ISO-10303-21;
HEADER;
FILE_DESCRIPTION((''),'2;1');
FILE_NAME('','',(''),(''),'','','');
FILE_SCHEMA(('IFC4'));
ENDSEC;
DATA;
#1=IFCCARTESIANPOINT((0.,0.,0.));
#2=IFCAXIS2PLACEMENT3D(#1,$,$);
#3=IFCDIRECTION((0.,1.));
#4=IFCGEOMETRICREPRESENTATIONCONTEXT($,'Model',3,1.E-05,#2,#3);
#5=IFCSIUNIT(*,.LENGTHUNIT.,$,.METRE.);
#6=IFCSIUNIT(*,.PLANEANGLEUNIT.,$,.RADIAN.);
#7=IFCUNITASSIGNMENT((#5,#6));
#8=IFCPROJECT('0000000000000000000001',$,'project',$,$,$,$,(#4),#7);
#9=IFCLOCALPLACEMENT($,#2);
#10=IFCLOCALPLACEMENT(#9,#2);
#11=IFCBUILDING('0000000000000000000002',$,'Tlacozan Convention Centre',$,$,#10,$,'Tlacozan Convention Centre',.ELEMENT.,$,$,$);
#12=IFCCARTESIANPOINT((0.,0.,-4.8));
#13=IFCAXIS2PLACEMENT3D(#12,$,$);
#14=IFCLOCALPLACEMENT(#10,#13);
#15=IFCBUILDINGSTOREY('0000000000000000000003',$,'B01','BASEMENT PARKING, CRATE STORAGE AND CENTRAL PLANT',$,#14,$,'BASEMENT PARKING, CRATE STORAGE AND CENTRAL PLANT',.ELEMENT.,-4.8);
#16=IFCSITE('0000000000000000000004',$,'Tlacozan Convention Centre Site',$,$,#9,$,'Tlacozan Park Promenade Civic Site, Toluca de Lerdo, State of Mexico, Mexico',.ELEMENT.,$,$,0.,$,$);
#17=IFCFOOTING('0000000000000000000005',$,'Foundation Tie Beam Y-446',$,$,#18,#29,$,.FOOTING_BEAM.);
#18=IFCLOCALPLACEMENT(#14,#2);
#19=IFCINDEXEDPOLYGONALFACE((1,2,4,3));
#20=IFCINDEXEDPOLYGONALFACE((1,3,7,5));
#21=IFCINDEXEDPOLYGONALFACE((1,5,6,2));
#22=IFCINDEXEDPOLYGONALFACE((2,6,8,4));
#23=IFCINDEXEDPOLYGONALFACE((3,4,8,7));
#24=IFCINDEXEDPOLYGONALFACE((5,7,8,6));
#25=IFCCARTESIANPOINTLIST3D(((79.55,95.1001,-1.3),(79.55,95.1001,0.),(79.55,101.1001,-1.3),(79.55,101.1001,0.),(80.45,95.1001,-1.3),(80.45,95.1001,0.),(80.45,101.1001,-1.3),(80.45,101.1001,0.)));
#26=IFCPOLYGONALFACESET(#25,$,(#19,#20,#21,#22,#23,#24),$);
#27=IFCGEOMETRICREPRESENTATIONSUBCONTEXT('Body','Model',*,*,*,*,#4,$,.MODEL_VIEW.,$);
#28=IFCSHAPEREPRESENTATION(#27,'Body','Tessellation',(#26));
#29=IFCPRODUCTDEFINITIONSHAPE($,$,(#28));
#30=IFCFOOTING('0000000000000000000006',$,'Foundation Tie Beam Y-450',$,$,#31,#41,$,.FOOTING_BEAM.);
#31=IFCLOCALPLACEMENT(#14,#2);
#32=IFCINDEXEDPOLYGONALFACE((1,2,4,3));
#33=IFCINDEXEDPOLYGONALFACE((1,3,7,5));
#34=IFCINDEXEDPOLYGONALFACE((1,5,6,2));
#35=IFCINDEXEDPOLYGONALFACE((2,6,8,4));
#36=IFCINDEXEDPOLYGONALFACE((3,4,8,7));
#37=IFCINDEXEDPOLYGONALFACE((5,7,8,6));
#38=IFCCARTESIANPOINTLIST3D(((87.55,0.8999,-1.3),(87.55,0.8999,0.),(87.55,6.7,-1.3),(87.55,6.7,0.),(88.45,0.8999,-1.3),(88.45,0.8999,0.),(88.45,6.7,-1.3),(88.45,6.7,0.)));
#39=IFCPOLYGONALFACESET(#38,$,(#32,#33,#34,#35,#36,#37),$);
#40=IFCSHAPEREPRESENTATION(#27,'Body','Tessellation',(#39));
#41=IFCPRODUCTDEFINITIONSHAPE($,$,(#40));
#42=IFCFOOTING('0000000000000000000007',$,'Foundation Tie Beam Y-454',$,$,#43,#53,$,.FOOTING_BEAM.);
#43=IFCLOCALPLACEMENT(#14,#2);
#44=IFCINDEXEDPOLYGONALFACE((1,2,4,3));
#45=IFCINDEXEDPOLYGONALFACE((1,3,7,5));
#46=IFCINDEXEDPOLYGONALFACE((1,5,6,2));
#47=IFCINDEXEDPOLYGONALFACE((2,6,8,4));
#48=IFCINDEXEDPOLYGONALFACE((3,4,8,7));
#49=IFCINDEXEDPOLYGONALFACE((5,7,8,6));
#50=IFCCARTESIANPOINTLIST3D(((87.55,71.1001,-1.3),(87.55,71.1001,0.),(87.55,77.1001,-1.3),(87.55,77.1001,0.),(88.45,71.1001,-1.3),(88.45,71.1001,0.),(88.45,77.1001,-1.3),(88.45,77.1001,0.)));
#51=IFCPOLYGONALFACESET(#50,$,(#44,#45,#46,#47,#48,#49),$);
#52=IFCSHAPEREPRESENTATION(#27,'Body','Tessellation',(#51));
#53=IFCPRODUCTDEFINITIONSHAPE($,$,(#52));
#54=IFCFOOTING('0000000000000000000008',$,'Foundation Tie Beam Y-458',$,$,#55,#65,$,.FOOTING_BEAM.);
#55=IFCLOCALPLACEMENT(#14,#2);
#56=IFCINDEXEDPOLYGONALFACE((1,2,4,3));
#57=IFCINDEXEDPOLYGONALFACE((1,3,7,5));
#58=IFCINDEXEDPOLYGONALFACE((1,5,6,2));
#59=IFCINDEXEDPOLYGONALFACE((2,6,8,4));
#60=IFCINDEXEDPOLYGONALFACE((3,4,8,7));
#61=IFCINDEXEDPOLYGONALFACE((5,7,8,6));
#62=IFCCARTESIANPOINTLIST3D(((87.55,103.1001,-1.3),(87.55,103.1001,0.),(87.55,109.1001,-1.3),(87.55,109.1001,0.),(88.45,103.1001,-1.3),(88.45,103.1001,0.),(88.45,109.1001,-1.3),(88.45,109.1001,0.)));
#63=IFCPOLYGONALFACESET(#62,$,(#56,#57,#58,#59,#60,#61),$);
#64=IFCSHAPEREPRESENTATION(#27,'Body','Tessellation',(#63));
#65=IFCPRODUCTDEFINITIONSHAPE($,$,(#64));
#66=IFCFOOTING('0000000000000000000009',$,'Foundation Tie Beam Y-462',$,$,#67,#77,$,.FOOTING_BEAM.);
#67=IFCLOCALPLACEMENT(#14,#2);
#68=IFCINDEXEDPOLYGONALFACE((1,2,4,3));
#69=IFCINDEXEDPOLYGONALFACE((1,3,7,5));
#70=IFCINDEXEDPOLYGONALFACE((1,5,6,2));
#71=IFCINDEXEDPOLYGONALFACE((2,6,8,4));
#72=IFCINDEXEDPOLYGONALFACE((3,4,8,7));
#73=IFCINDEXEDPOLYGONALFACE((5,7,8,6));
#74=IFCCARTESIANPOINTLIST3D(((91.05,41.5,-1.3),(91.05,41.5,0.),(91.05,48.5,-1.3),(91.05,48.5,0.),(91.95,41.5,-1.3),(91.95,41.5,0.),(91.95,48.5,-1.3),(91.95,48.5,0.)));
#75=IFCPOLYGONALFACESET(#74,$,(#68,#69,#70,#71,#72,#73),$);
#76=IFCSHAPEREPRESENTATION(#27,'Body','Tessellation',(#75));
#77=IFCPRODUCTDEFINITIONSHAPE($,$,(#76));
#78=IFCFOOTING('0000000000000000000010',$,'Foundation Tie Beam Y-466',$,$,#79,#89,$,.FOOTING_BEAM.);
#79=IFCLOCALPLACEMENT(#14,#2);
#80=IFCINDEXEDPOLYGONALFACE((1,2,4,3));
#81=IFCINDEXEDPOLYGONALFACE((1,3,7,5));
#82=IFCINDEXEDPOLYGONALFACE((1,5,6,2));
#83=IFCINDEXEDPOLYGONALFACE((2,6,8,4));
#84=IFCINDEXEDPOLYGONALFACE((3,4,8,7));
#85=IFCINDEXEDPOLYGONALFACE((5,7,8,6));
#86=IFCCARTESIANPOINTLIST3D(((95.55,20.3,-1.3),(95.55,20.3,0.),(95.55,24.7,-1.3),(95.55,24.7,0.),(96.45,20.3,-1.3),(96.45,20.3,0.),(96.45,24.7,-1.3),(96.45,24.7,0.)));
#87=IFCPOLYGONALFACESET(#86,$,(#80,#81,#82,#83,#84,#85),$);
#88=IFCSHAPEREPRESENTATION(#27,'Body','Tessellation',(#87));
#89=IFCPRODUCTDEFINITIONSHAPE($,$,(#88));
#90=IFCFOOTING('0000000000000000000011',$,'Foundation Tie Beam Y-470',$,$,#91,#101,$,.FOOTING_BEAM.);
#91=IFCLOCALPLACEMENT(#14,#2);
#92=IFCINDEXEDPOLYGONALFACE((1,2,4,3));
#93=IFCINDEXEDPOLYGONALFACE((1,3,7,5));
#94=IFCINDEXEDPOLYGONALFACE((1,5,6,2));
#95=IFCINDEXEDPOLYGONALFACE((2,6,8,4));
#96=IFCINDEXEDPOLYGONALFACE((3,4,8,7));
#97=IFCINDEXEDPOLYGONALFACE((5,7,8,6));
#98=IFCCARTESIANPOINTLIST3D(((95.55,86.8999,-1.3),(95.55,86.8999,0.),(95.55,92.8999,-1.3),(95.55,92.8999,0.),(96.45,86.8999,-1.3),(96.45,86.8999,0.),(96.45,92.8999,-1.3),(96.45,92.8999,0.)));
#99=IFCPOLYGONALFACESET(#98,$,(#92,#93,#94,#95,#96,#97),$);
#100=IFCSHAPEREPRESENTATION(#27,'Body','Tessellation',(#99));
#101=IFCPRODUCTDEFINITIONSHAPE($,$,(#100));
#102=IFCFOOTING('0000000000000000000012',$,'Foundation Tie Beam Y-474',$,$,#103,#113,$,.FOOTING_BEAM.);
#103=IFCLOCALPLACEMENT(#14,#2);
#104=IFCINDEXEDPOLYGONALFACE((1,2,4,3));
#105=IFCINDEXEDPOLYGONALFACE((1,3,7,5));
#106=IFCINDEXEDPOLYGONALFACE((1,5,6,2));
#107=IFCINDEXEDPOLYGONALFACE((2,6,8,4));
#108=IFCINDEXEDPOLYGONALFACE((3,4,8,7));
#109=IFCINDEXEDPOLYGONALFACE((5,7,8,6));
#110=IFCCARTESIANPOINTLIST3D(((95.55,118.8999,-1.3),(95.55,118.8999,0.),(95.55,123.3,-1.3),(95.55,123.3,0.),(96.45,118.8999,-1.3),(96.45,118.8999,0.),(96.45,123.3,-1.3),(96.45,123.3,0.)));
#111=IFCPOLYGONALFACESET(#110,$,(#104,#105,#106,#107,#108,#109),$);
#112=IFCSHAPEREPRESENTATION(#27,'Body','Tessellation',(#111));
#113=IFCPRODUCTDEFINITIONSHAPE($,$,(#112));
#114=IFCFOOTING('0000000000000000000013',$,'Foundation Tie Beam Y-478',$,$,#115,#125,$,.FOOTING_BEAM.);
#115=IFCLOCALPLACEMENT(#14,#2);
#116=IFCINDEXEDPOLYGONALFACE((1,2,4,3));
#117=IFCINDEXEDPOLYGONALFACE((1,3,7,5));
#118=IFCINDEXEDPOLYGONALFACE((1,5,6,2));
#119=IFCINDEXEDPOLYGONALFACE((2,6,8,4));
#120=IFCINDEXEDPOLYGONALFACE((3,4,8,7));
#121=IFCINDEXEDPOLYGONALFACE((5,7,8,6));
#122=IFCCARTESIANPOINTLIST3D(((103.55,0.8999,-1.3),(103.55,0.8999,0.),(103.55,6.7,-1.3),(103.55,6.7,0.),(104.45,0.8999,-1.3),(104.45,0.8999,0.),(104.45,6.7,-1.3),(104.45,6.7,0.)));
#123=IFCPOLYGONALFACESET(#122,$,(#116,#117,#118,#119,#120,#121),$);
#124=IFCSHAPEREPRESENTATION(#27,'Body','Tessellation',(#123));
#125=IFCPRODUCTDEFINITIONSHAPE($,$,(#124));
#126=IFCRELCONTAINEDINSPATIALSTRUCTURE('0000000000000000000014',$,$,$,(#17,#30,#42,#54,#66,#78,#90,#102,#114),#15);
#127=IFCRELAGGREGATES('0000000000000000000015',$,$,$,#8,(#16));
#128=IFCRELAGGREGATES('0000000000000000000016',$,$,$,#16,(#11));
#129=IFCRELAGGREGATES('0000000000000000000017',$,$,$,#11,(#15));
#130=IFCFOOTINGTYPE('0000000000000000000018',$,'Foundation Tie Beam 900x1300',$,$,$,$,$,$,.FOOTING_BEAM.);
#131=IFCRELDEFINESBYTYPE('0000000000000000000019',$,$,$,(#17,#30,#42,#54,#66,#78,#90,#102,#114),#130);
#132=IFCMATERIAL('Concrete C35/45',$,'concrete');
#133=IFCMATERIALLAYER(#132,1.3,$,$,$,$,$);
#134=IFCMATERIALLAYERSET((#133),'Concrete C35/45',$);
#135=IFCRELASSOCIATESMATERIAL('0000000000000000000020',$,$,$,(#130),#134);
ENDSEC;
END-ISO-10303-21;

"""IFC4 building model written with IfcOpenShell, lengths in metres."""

from ifc_helpers import new_model, si_unit, direction, frame, origin, place, context, subcontext, project, spatial, polyline, outline, extrude, material, layer, layer_set, type_object, element, save


model = new_model("IFC4")

# Units and contexts
model_context = context("Model", 3, precision=1e-05, world=origin(), true_north=direction((0.0, 1.0)))
body_context = subcontext(model_context, "Body", "Model", "MODEL_VIEW")
ifc_project = project(units=[si_unit("LENGTHUNIT", "METRE"), si_unit("PLANEANGLEUNIT", "RADIAN")], contexts=[model_context])

# Site, building, storey
site_placement = place(None, origin())
site = spatial("IfcSite", under=ifc_project, at=site_placement, Name="Tlacozan Convention Centre Site", LongName="Tlacozan Park Promenade Civic Site, Toluca de Lerdo, State of Mexico, Mexico", CompositionType="ELEMENT", RefElevation=0.0)
building_placement = place(site_placement, origin())
building = spatial("IfcBuilding", under=site, at=building_placement, Name="Tlacozan Convention Centre", LongName="Tlacozan Convention Centre", CompositionType="ELEMENT")
storey_placement = place(building_placement, frame((0.0, 0.0, -4.8)))
storey = spatial("IfcBuildingStorey", under=building, at=storey_placement, Name="B01", Description="BASEMENT PARKING, CRATE STORAGE AND CENTRAL PLANT", LongName="BASEMENT PARKING, CRATE STORAGE AND CENTRAL PLANT", CompositionType="ELEMENT", Elevation=-4.8)

# Footings
ifc_material = material(Name="Concrete C35/45", Category="concrete")
ifc_layer = layer(ifc_material, 1.3)
ifc_layer_set = layer_set([ifc_layer], Name="Concrete C35/45")
footing_type = type_object("IfcFootingType", Name="Foundation Tie Beam 900x1300", PredefinedType="FOOTING_BEAM", material=ifc_layer_set)
footing_1_placement = place(storey_placement, frame((0.0, 0.0, -1.3)))
element("IfcFooting", 1, at=footing_1_placement, inside=storey, type_object=footing_type, Name="Foundation Tie Beam Y-446", PredefinedType="FOOTING_BEAM", context=body_context, shape_type="SweptSolid", body=[
    extrude(outline(polyline([(79.55, 95.1001), (80.45, 95.1001), (80.45, 101.1001), (79.55, 101.1001), (79.55, 95.1001)])), origin(), (0.0, 0.0, 1.0), 1.3),
])
footing_2_placement = place(storey_placement, frame((0.0, 0.0, -1.3)))
element("IfcFooting", 2, at=footing_2_placement, inside=storey, type_object=footing_type, Name="Foundation Tie Beam Y-450", PredefinedType="FOOTING_BEAM", context=body_context, shape_type="SweptSolid", body=[
    extrude(outline(polyline([(87.55, 0.8999), (88.45, 0.8999), (88.45, 6.7), (87.55, 6.7), (87.55, 0.8999)])), origin(), (0.0, 0.0, 1.0), 1.3),
])
footing_3_placement = place(storey_placement, frame((0.0, 0.0, -1.3)))
element("IfcFooting", 3, at=footing_3_placement, inside=storey, type_object=footing_type, Name="Foundation Tie Beam Y-454", PredefinedType="FOOTING_BEAM", context=body_context, shape_type="SweptSolid", body=[
    extrude(outline(polyline([(87.55, 71.1001), (88.45, 71.1001), (88.45, 77.1001), (87.55, 77.1001), (87.55, 71.1001)])), origin(), (0.0, 0.0, 1.0), 1.3),
])
footing_4_placement = place(storey_placement, frame((0.0, 0.0, -1.3)))
element("IfcFooting", 4, at=footing_4_placement, inside=storey, type_object=footing_type, Name="Foundation Tie Beam Y-458", PredefinedType="FOOTING_BEAM", context=body_context, shape_type="SweptSolid", body=[
    extrude(outline(polyline([(87.55, 103.1001), (88.45, 103.1001), (88.45, 109.1001), (87.55, 109.1001), (87.55, 103.1001)])), origin(), (0.0, 0.0, 1.0), 1.3),
])
footing_5_placement = place(storey_placement, frame((0.0, 0.0, -1.3)))
element("IfcFooting", 5, at=footing_5_placement, inside=storey, type_object=footing_type, Name="Foundation Tie Beam Y-462", PredefinedType="FOOTING_BEAM", context=body_context, shape_type="SweptSolid", body=[
    extrude(outline(polyline([(91.05, 41.5), (91.95, 41.5), (91.95, 48.5), (91.05, 48.5), (91.05, 41.5)])), origin(), (0.0, 0.0, 1.0), 1.3),
])
footing_6_placement = place(storey_placement, frame((0.0, 0.0, -1.3)))
element("IfcFooting", 6, at=footing_6_placement, inside=storey, type_object=footing_type, Name="Foundation Tie Beam Y-466", PredefinedType="FOOTING_BEAM", context=body_context, shape_type="SweptSolid", body=[
    extrude(outline(polyline([(95.55, 20.3), (96.45, 20.3), (96.45, 24.7), (95.55, 24.7), (95.55, 20.3)])), origin(), (0.0, 0.0, 1.0), 1.3),
])
footing_7_placement = place(storey_placement, frame((0.0, 0.0, -1.3)))
element("IfcFooting", 7, at=footing_7_placement, inside=storey, type_object=footing_type, Name="Foundation Tie Beam Y-470", PredefinedType="FOOTING_BEAM", context=body_context, shape_type="SweptSolid", body=[
    extrude(outline(polyline([(95.55, 86.8999), (96.45, 86.8999), (96.45, 92.8999), (95.55, 92.8999), (95.55, 86.8999)])), origin(), (0.0, 0.0, 1.0), 1.3),
])
footing_8_placement = place(storey_placement, frame((0.0, 0.0, -1.3)))
element("IfcFooting", 8, at=footing_8_placement, inside=storey, type_object=footing_type, Name="Foundation Tie Beam Y-474", PredefinedType="FOOTING_BEAM", context=body_context, shape_type="SweptSolid", body=[
    extrude(outline(polyline([(95.55, 118.8999), (96.45, 118.8999), (96.45, 123.3), (95.55, 123.3), (95.55, 118.8999)])), origin(), (0.0, 0.0, 1.0), 1.3),
])
footing_9_placement = place(storey_placement, frame((0.0, 0.0, -1.3)))
element("IfcFooting", 9, at=footing_9_placement, inside=storey, type_object=footing_type, Name="Foundation Tie Beam Y-478", PredefinedType="FOOTING_BEAM", context=body_context, shape_type="SweptSolid", body=[
    extrude(outline(polyline([(103.55, 0.8999), (104.45, 0.8999), (104.45, 6.7), (103.55, 6.7), (103.55, 0.8999)])), origin(), (0.0, 0.0, 1.0), 1.3),
])

save(model, "model.ifc")
